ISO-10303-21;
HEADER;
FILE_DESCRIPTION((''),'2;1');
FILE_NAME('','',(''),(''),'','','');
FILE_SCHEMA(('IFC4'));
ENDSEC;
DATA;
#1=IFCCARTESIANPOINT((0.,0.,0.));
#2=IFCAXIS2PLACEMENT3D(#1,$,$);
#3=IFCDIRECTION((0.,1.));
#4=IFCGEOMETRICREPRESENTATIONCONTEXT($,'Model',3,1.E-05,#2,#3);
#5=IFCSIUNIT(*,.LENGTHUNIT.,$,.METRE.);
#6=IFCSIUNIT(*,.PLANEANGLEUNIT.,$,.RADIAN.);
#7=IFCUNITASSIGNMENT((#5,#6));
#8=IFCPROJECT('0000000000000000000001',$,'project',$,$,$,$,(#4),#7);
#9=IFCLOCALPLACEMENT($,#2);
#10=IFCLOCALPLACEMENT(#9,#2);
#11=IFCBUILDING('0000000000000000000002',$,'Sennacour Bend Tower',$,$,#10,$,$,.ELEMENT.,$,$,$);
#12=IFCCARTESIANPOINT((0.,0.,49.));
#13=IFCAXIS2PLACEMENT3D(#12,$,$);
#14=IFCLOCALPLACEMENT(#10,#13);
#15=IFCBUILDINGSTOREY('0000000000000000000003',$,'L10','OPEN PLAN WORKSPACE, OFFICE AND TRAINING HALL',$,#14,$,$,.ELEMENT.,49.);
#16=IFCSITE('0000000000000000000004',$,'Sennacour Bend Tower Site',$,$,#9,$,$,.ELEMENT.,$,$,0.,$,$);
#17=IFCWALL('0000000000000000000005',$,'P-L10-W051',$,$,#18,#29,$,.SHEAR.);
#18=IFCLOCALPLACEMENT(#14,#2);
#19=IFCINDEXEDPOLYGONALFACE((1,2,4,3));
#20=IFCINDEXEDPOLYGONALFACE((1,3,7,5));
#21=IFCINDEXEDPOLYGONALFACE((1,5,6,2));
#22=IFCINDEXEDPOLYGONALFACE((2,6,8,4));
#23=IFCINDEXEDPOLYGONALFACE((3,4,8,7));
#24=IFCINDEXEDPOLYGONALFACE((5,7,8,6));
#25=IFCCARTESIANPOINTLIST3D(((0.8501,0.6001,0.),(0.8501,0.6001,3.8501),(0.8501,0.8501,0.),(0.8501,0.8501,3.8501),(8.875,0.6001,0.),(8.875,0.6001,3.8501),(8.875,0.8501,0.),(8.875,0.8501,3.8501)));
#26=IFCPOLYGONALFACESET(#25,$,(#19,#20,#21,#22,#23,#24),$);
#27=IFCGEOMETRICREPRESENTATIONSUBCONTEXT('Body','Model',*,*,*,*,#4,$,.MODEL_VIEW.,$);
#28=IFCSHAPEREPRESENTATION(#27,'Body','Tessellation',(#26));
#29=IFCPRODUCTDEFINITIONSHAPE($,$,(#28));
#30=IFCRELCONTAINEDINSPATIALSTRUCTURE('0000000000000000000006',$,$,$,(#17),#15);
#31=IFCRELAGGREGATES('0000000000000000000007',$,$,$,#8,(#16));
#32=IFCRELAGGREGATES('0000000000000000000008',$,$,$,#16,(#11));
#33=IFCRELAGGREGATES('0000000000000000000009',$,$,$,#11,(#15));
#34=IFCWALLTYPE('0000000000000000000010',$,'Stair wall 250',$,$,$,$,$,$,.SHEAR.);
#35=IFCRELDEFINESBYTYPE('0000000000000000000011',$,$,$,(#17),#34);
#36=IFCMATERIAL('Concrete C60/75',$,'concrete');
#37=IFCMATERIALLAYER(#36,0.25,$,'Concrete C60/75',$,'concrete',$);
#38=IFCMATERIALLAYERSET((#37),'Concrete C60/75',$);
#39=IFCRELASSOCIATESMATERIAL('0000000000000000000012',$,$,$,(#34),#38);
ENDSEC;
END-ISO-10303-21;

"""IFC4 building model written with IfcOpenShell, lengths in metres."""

from ifc_helpers import new_model, si_unit, direction, frame, frame_2d, origin, place, context, subcontext, project, spatial, rectangle, extrude, material, layer, layer_set, type_object, element, save


model = new_model("IFC4")

# Units and contexts
model_context = context("Model", 3, precision=1e-05, world=origin(), true_north=direction((0.0, 1.0)))
body_context = subcontext(model_context, "Body", "Model", "MODEL_VIEW")
ifc_project = project(units=[si_unit("LENGTHUNIT", "METRE"), si_unit("PLANEANGLEUNIT", "RADIAN")], contexts=[model_context])

# Site, building, storey
site_placement = place(None, origin())
site = spatial("IfcSite", under=ifc_project, at=site_placement, Name="Sennacour Bend Tower Site", CompositionType="ELEMENT", RefElevation=0.0)
building_placement = place(site_placement, origin())
building = spatial("IfcBuilding", under=site, at=building_placement, Name="Sennacour Bend Tower", CompositionType="ELEMENT")
storey_placement = place(building_placement, frame((0.0, 0.0, 49.0)))
storey = spatial("IfcBuildingStorey", under=building, at=storey_placement, Name="L10", Description="OPEN PLAN WORKSPACE, OFFICE AND TRAINING HALL", CompositionType="ELEMENT", Elevation=49.0)

# Wall
ifc_material_1 = material(Name="Concrete C60/75", Category="concrete")
ifc_layer_1 = layer(ifc_material_1, 0.25, Name="Concrete C60/75", Category="concrete")
ifc_layer_set_1 = layer_set([ifc_layer_1], Name="Concrete C60/75")
wall_type_1 = type_object("IfcWallType", Name="Stair wall 250", PredefinedType="SHEAR", material=ifc_layer_set_1)
wall_1_placement = place(storey_placement, frame((0.8501, 0.7251, 0.0), z_axis=(0.0, 0.0, 1.0), x_axis=(1.0, 0.0, 0.0)))
element("IfcWall", 1, at=wall_1_placement, inside=storey, type_object=wall_type_1, Name="P-L10-W051", PredefinedType="SHEAR", context=body_context, shape_type="SweptSolid", body=[
    extrude(rectangle(XDim=8.0249, YDim=0.25, at=frame_2d((4.0125, 0.0))), origin(), (0.0, 0.0, 1.0), 3.8501),
])

save(model, "model.ifc")
